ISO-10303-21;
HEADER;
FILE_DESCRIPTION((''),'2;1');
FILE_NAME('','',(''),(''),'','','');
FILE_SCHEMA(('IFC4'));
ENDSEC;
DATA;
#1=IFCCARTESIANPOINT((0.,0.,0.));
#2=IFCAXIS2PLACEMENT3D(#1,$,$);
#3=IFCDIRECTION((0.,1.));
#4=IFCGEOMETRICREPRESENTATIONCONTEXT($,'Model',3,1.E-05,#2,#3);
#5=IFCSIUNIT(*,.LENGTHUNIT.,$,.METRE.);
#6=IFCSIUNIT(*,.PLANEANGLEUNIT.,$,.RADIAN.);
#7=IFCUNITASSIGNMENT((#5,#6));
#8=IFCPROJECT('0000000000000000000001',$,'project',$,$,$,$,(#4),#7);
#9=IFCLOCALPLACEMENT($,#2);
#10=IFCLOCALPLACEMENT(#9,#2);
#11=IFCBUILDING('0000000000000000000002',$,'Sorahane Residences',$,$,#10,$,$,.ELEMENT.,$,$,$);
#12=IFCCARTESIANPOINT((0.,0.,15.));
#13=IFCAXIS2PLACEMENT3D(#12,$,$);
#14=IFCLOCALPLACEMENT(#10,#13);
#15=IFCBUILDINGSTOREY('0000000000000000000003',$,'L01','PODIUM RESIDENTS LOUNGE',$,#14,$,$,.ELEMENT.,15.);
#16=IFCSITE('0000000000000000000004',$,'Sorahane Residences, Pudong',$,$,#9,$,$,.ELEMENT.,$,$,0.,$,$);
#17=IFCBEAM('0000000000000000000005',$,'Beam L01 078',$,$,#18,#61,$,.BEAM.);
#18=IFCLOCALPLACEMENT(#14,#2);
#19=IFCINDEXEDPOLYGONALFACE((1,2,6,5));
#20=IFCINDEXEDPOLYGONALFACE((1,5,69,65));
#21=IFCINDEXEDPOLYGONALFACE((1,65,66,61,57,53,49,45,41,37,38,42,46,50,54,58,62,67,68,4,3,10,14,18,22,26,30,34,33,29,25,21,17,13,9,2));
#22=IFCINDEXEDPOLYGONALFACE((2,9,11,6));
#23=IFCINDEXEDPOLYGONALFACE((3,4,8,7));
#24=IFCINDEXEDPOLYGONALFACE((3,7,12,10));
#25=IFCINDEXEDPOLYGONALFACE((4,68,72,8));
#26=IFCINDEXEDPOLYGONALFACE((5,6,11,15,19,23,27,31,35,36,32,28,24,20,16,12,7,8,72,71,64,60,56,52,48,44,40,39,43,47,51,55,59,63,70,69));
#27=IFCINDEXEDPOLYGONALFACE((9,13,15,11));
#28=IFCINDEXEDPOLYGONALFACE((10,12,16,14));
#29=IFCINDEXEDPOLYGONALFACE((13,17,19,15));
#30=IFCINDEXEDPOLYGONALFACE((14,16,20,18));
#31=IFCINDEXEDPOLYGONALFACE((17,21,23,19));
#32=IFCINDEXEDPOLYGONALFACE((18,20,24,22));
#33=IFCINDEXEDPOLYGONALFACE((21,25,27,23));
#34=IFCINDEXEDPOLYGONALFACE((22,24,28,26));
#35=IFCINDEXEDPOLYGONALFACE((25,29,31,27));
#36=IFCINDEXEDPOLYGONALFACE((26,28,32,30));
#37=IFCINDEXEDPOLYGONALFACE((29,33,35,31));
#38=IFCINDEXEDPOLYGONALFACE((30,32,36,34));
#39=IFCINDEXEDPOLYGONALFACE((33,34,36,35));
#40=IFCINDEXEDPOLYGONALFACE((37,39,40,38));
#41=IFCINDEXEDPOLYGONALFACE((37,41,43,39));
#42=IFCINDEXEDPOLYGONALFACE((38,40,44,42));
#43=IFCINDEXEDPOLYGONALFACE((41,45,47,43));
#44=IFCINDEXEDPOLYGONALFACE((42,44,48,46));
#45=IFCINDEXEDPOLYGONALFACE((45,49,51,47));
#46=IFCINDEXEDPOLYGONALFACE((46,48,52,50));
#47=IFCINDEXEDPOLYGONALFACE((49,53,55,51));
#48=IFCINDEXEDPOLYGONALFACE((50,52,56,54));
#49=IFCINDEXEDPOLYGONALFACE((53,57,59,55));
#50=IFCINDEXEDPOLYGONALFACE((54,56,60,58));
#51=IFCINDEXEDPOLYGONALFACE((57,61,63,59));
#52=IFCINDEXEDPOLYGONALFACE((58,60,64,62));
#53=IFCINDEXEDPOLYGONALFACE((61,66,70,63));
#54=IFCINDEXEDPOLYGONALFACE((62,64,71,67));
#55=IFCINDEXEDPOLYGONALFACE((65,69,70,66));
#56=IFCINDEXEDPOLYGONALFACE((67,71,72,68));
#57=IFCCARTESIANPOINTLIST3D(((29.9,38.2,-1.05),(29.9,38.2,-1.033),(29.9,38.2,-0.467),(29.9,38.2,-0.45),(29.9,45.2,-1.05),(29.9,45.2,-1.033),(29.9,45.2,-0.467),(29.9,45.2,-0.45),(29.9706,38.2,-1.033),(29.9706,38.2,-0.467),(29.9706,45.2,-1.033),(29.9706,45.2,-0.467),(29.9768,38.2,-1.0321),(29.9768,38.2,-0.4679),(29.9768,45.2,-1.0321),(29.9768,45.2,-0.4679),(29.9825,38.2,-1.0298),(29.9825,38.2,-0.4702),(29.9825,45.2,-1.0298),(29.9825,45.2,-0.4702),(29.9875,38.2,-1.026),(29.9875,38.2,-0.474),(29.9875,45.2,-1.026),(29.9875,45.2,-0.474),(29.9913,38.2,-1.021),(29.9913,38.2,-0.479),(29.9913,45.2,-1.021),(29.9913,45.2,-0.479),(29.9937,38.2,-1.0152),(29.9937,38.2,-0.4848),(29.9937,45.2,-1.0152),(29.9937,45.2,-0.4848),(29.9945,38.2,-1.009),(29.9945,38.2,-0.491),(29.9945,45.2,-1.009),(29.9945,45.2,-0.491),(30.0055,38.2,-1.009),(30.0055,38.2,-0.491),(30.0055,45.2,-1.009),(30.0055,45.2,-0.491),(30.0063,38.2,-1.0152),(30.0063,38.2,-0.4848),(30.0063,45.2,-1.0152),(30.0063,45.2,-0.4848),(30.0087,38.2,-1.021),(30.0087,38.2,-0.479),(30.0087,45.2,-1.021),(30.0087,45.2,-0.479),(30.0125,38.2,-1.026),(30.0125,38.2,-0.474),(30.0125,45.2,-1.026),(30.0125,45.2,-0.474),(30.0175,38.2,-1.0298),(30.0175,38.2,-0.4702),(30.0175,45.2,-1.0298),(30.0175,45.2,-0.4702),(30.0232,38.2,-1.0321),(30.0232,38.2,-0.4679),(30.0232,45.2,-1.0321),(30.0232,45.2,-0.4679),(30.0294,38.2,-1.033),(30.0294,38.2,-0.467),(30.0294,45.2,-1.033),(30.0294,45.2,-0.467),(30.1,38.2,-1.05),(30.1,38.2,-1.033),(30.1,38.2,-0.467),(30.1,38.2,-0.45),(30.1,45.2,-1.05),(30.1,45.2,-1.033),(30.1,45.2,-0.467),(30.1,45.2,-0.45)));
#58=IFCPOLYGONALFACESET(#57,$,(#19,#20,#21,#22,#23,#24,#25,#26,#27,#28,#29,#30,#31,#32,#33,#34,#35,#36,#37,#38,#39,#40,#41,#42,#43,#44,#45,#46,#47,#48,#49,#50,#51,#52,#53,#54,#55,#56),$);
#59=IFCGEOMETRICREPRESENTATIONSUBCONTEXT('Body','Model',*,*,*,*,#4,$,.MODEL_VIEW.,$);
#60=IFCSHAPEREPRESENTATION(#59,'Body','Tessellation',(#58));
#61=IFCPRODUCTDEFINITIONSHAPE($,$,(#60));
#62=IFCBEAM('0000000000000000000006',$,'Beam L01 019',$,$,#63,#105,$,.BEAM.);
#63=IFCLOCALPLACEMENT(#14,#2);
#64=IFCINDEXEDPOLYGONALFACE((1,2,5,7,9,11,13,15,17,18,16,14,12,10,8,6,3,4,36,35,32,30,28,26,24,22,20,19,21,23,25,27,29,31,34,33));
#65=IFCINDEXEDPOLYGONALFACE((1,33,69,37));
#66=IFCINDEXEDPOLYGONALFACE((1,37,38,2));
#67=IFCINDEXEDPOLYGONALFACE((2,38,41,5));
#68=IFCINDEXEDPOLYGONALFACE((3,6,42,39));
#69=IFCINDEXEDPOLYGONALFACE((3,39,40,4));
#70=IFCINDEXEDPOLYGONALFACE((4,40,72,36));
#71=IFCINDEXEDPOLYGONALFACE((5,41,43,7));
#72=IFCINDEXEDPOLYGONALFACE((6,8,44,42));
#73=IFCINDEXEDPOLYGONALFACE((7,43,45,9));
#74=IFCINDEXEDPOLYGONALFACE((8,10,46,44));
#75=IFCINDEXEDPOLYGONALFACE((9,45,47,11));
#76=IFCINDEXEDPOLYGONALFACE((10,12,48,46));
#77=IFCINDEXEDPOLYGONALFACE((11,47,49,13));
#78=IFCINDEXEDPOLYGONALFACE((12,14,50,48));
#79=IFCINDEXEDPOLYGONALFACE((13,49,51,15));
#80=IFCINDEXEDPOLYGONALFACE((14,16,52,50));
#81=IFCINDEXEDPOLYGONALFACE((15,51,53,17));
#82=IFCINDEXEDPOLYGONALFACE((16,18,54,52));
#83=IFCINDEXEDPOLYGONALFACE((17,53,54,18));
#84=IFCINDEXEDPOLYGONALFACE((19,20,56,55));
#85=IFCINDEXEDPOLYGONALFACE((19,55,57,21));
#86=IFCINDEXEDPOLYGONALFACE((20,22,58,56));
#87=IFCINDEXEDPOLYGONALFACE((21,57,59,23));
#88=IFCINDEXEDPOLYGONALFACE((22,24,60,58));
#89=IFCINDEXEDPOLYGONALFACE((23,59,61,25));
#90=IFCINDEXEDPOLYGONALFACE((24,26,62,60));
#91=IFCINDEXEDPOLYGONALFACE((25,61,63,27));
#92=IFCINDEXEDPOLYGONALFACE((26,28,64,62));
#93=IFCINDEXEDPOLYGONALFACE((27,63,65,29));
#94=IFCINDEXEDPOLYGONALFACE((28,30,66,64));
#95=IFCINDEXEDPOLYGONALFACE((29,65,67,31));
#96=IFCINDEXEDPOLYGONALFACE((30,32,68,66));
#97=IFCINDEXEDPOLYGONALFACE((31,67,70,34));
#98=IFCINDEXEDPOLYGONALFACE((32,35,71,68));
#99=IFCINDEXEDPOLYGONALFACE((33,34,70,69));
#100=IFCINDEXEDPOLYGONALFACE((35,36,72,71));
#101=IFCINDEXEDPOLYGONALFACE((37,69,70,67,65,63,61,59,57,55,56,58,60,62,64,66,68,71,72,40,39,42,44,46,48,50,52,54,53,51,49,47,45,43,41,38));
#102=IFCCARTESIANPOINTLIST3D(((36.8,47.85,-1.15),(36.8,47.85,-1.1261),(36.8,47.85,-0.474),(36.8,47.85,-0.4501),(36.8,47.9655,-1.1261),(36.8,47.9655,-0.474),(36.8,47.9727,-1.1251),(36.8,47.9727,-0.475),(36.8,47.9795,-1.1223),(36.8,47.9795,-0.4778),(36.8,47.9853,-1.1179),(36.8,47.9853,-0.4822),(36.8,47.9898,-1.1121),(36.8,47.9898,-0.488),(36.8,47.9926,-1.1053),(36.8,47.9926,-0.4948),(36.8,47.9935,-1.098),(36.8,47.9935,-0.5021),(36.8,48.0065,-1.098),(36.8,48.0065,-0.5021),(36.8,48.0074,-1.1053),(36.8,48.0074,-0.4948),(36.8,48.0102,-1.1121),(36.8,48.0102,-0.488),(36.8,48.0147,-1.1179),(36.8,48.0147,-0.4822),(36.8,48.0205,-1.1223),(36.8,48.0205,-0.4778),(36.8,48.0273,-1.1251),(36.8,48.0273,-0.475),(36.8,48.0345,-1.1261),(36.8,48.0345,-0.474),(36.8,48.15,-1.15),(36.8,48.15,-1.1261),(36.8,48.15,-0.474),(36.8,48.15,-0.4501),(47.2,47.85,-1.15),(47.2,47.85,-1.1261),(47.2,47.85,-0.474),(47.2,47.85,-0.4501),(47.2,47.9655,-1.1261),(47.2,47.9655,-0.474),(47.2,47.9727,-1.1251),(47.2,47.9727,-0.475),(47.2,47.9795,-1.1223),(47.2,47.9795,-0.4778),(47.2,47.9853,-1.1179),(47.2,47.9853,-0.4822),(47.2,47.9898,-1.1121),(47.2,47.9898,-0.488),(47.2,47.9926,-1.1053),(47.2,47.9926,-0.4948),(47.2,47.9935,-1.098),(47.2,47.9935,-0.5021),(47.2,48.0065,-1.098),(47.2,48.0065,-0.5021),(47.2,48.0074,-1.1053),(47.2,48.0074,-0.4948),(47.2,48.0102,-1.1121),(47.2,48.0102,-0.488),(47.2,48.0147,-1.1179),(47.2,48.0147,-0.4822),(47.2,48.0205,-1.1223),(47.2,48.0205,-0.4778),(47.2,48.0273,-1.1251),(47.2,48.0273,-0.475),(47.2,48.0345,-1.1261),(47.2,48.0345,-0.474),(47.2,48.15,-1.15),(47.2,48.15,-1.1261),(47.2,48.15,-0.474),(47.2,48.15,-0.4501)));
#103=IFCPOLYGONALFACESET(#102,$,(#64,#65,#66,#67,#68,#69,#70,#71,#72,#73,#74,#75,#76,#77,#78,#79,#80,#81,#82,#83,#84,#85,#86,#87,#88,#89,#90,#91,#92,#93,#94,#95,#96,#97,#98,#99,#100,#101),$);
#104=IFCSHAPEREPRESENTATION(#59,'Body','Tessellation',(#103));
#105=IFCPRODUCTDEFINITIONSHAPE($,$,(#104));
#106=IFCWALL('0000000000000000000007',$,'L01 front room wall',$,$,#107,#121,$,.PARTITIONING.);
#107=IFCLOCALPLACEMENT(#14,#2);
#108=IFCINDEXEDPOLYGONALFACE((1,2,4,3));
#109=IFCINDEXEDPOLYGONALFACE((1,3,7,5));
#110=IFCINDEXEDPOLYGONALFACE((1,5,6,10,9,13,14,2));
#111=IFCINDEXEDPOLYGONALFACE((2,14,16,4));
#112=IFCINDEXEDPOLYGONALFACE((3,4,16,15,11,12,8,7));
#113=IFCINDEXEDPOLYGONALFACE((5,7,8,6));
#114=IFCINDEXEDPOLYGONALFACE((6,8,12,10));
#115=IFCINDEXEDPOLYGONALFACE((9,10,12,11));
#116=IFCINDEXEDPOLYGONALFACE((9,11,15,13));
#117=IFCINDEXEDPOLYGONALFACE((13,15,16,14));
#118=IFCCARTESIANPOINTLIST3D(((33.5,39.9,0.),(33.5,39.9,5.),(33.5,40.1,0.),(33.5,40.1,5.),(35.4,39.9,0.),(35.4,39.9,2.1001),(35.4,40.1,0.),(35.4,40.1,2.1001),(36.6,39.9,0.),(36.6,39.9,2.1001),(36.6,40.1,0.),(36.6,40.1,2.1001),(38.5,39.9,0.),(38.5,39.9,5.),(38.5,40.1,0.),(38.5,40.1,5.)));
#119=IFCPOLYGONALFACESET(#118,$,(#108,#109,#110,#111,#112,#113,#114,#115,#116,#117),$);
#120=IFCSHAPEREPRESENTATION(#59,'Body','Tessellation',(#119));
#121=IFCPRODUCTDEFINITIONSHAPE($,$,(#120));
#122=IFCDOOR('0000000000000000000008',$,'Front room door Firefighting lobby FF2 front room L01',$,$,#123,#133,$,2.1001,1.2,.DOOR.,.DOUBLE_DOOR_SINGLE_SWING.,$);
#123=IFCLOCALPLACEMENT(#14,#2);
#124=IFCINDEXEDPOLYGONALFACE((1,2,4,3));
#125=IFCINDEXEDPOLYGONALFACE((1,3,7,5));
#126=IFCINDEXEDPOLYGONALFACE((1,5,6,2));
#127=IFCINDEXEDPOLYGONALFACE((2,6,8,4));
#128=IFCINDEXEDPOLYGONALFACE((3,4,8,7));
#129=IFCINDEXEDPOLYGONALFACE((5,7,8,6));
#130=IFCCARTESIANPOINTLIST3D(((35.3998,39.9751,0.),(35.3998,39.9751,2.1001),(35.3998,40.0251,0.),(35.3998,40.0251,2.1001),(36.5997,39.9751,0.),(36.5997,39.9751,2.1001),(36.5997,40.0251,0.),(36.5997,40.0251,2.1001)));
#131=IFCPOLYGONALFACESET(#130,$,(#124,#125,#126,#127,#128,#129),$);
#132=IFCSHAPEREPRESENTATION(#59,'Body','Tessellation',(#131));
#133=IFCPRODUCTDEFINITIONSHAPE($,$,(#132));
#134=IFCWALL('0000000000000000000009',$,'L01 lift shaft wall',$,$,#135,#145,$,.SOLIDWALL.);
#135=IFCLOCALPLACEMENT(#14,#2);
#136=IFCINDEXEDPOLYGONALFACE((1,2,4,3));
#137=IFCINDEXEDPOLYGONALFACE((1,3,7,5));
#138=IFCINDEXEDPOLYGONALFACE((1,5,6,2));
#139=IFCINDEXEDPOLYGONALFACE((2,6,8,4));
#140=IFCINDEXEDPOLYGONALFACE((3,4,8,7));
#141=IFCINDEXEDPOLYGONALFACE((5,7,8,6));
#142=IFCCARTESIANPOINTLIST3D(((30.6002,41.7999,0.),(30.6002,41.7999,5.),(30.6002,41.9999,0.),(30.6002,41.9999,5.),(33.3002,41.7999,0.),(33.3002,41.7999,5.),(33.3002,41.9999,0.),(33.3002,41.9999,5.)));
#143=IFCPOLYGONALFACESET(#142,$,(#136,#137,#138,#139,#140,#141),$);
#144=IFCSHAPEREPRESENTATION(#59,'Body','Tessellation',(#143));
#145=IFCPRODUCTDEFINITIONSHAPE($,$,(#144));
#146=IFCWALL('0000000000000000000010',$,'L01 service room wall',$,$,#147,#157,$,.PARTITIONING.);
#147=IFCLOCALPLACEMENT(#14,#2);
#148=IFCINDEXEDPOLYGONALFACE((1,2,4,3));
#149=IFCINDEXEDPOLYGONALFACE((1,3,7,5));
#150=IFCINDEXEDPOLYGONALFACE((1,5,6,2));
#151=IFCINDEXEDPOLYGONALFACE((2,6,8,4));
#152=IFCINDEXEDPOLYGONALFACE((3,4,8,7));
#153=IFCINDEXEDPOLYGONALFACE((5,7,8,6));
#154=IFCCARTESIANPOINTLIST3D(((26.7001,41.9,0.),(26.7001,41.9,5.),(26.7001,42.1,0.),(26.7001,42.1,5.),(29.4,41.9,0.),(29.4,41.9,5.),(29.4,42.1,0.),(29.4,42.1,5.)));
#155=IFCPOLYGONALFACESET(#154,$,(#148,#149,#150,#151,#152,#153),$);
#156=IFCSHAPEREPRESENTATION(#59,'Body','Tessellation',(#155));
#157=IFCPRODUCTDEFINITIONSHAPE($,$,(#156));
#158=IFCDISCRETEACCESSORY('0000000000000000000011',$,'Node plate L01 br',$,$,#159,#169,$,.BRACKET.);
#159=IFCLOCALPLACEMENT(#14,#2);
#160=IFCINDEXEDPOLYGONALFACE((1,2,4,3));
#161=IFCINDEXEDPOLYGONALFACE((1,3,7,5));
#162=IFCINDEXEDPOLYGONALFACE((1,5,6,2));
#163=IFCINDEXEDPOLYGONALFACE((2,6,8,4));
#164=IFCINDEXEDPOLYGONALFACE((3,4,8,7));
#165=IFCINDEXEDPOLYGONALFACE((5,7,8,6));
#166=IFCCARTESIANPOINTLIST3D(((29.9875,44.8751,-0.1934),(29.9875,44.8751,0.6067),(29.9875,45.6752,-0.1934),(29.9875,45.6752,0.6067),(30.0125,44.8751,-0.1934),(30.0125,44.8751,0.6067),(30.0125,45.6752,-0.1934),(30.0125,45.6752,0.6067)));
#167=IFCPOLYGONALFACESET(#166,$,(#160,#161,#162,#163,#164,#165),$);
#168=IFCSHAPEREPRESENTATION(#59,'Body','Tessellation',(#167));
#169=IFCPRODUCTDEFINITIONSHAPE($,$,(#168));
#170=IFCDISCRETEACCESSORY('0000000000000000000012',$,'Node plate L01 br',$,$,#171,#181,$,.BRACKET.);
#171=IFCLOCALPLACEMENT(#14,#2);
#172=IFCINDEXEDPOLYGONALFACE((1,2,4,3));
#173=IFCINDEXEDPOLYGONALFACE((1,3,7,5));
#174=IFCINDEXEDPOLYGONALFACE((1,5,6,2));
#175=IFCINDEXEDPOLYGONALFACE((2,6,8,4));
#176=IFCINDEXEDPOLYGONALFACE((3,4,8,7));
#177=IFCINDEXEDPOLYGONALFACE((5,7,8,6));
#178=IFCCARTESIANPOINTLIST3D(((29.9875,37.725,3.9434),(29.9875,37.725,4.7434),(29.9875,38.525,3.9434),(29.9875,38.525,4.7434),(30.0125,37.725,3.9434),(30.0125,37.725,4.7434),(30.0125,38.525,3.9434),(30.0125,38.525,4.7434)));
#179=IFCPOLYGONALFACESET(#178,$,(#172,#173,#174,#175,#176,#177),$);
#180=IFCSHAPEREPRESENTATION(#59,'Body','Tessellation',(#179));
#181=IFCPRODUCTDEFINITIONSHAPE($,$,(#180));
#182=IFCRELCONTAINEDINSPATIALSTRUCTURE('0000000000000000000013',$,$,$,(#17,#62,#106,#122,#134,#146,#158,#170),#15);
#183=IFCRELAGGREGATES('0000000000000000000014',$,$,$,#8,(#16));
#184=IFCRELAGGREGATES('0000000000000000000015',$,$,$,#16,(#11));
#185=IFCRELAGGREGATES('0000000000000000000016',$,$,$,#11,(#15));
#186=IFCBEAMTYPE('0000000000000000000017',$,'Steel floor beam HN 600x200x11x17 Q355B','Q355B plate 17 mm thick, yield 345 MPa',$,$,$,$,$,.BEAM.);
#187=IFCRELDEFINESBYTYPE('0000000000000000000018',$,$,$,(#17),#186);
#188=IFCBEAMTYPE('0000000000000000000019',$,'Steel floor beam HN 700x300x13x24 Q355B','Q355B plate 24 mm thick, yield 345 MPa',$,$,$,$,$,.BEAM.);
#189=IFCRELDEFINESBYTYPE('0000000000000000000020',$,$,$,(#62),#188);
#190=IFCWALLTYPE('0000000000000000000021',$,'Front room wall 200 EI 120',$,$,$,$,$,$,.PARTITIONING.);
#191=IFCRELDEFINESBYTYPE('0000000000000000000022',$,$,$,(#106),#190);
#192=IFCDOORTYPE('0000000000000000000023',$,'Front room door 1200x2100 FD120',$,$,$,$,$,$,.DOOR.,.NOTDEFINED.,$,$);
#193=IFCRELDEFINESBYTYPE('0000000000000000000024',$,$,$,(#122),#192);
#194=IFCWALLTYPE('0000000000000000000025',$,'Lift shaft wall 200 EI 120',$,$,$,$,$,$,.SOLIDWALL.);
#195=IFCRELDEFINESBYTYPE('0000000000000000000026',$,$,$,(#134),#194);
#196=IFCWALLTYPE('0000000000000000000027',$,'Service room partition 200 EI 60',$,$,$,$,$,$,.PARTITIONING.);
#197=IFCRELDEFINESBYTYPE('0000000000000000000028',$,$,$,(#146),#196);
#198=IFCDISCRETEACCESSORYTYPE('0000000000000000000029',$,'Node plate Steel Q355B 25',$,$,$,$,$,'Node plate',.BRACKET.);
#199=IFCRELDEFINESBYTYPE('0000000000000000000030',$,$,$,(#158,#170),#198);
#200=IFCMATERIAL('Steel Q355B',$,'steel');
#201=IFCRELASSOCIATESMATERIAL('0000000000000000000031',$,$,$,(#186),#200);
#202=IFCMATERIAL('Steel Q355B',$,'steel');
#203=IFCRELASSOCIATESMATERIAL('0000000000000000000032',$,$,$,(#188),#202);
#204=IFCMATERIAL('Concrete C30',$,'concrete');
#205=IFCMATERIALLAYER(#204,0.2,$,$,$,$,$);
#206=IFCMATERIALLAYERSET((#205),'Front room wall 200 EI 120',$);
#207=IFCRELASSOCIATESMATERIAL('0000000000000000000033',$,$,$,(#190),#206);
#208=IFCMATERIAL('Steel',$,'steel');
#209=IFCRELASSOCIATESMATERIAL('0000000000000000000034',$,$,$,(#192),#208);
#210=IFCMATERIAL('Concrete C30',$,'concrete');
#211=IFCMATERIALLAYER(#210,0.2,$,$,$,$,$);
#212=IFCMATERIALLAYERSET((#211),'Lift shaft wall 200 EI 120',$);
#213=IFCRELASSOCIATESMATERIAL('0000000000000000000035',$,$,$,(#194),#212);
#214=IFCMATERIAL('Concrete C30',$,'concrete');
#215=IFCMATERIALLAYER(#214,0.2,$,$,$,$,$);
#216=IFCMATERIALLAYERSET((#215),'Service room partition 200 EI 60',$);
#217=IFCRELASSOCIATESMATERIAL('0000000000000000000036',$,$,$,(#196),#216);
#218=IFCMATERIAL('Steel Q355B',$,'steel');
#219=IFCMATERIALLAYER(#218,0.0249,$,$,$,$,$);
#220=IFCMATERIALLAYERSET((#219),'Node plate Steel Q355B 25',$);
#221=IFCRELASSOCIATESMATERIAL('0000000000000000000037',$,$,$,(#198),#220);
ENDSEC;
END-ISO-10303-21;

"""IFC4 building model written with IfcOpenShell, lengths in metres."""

from ifc_helpers import new_model, si_unit, direction, frame, frame_2d, origin, origin_2d, place, context, subcontext, project, spatial, rectangle, i_section, extrude, material, layer, layer_set, material_profile, profile_set, type_object, element, fill, save


model = new_model("IFC4")

# Units and contexts
model_context = context("Model", 3, precision=1e-05, world=origin(), true_north=direction((0.0, 1.0)))
body_context = subcontext(model_context, "Body", "Model", "MODEL_VIEW")
ifc_project = project(units=[si_unit("LENGTHUNIT", "METRE"), si_unit("PLANEANGLEUNIT", "RADIAN")], contexts=[model_context])

# Site, building, storey
site_placement = place(None, origin())
site = spatial("IfcSite", under=ifc_project, at=site_placement, Name="Sorahane Residences, Pudong", CompositionType="ELEMENT", RefElevation=0.0)
building_placement = place(site_placement, origin())
building = spatial("IfcBuilding", under=site, at=building_placement, Name="Sorahane Residences", CompositionType="ELEMENT")
storey_placement = place(building_placement, frame((0.0, 0.0, 15.0)))
storey = spatial("IfcBuildingStorey", under=building, at=storey_placement, Name="L01", Description="PODIUM RESIDENTS LOUNGE", CompositionType="ELEMENT", Elevation=15.0)

# Beams
ifc_material_1 = material(Name="Steel Q355B", Category="steel")
ifc_material_profile_1 = material_profile(ifc_material_1, i_section(OverallWidth=0.2, OverallDepth=0.6001, WebThickness=0.011, FlangeThickness=0.0171, FilletRadius=0.0239, at=origin_2d()), Name="HN 600x200x11x17")
ifc_profile_set_1 = profile_set([ifc_material_profile_1], Name="Steel Q355B")
beam_type_1 = type_object("IfcBeamType", Name="Steel floor beam HN 600x200x11x17 Q355B", Description="Q355B plate 17 mm thick, yield 345 MPa", PredefinedType="BEAM", material=ifc_profile_set_1)
beam_1_placement = place(storey_placement, frame((30.0, 38.2, -0.75), z_axis=(0.0, 1.0, 0.0), x_axis=(-1.0, 0.0, 0.0)))
element("IfcBeam", 1, at=beam_1_placement, inside=storey, type_object=beam_type_1, Name="Beam L01 078", PredefinedType="BEAM", context=body_context, shape_type="SweptSolid", body=[
    extrude(i_section(OverallWidth=0.2, OverallDepth=0.6001, WebThickness=0.011, FlangeThickness=0.0171, FilletRadius=0.0239, at=origin_2d()), origin(), (0.0, 0.0, 1.0), 7.0),
])
ifc_material_2 = material(Name="Steel Q355B", Category="steel")
ifc_material_profile_2 = material_profile(ifc_material_2, i_section(OverallWidth=0.3, OverallDepth=0.7, WebThickness=0.0129, FlangeThickness=0.0239, FilletRadius=0.0281, at=origin_2d()), Name="HN 700x300x13x24")
ifc_profile_set_2 = profile_set([ifc_material_profile_2], Name="Steel Q355B")
beam_type_2 = type_object("IfcBeamType", Name="Steel floor beam HN 700x300x13x24 Q355B", Description="Q355B plate 24 mm thick, yield 345 MPa", PredefinedType="BEAM", material=ifc_profile_set_2)
beam_2_placement = place(storey_placement, frame((36.8, 48.0, -0.8), z_axis=(1.0, 0.0, 0.0), x_axis=(0.0, 1.0, 0.0)))
element("IfcBeam", 2, at=beam_2_placement, inside=storey, type_object=beam_type_2, Name="Beam L01 019", PredefinedType="BEAM", context=body_context, shape_type="SweptSolid", body=[
    extrude(i_section(OverallWidth=0.3, OverallDepth=0.7, WebThickness=0.0129, FlangeThickness=0.0239, FilletRadius=0.0281, at=origin_2d()), origin(), (0.0, 0.0, 1.0), 10.3999),
])

# Wall, opening, door
ifc_material_3 = material(Name="Concrete C30", Category="concrete")
ifc_layer_1 = layer(ifc_material_3, 0.2)
ifc_layer_set_1 = layer_set([ifc_layer_1], Name="Front room wall 200 EI 120")
wall_type_1 = type_object("IfcWallType", Name="Front room wall 200 EI 120", PredefinedType="PARTITIONING", material=ifc_layer_set_1)
wall_1_placement = place(storey_placement, frame((33.5, 40.0, 0.0), z_axis=(0.0, 0.0, 1.0), x_axis=(1.0, 0.0, 0.0)))
wall_1 = element("IfcWall", 3, at=wall_1_placement, inside=storey, type_object=wall_type_1, Name="L01 front room wall", PredefinedType="PARTITIONING", context=body_context, shape_type="SweptSolid", body=[
    extrude(rectangle(XDim=5.0, YDim=0.2, at=frame_2d((2.5, 0.0))), origin(), (0.0, 0.0, 1.0), 5.0),
])
opening_placement = place(wall_1_placement, frame((1.8999, 0.0, 0.0)))
opening = element("IfcOpeningElement", 4, at=opening_placement, cuts=wall_1, PredefinedType="OPENING", context=body_context, shape_type="SweptSolid", body=[
    extrude(rectangle(XDim=1.2, YDim=2.1001, at=frame_2d((0.6001, 1.05))), frame((0.0, 0.1099, 0.0), z_axis=(0.0, -1.0, 0.0), x_axis=(1.0, 0.0, 0.0)), (0.0, 0.0, 1.0), 0.22),
])
ifc_material_4 = material(Name="Steel", Category="steel")
door_type = type_object("IfcDoorType", Name="Front room door 1200x2100 FD120", OperationType="NOTDEFINED", PredefinedType="DOOR", material=ifc_material_4)
door_placement = place(opening_placement, frame((1.2, 0.0, 0.0), z_axis=(0.0, 0.0, 1.0), x_axis=(-1.0, 0.0, 0.0)))
door = element("IfcDoor", 5, at=door_placement, inside=storey, type_object=door_type, Name="Front room door Firefighting lobby FF2 front room L01", OperationType="DOUBLE_DOOR_SINGLE_SWING", OverallHeight=2.1001, OverallWidth=1.2, PredefinedType="DOOR", context=body_context, shape_type="SweptSolid", body=[
    extrude(rectangle(XDim=1.2, YDim=2.1001, at=frame_2d((0.6001, 1.05))), frame((0.0, 0.0249, 0.0), z_axis=(0.0, -1.0, 0.0), x_axis=(1.0, 0.0, 0.0)), (0.0, 0.0, 1.0), 0.05),
])
fill(opening, door)

# Walls
ifc_material_5 = material(Name="Concrete C30", Category="concrete")
ifc_layer_2 = layer(ifc_material_5, 0.2)
ifc_layer_set_2 = layer_set([ifc_layer_2], Name="Lift shaft wall 200 EI 120")
wall_type_2 = type_object("IfcWallType", Name="Lift shaft wall 200 EI 120", PredefinedType="SOLIDWALL", material=ifc_layer_set_2)
wall_2_placement = place(storey_placement, frame((30.6001, 41.8999, 0.0), z_axis=(0.0, 0.0, 1.0), x_axis=(1.0, 0.0, 0.0)))
element("IfcWall", 6, at=wall_2_placement, inside=storey, type_object=wall_type_2, Name="L01 lift shaft wall", PredefinedType="SOLIDWALL", context=body_context, shape_type="SweptSolid", body=[
    extrude(rectangle(XDim=2.7, YDim=0.2, at=frame_2d((1.3501, 0.0))), origin(), (0.0, 0.0, 1.0), 5.0),
])
ifc_material_6 = material(Name="Concrete C30", Category="concrete")
ifc_layer_3 = layer(ifc_material_6, 0.2)
ifc_layer_set_3 = layer_set([ifc_layer_3], Name="Service room partition 200 EI 60")
wall_type_3 = type_object("IfcWallType", Name="Service room partition 200 EI 60", PredefinedType="PARTITIONING", material=ifc_layer_set_3)
wall_3_placement = place(storey_placement, frame((26.7, 42.0, 0.0), z_axis=(0.0, 0.0, 1.0), x_axis=(1.0, 0.0, 0.0)))
element("IfcWall", 7, at=wall_3_placement, inside=storey, type_object=wall_type_3, Name="L01 service room wall", PredefinedType="PARTITIONING", context=body_context, shape_type="SweptSolid", body=[
    extrude(rectangle(XDim=2.7, YDim=0.2, at=frame_2d((1.3501, 0.0))), origin(), (0.0, 0.0, 1.0), 5.0),
])

# Discrete accessories
ifc_material_7 = material(Name="Steel Q355B", Category="steel")
ifc_layer_4 = layer(ifc_material_7, 0.0249)
ifc_layer_set_4 = layer_set([ifc_layer_4], Name="Node plate Steel Q355B 25")
discrete_accessory_type = type_object("IfcDiscreteAccessoryType", Name="Node plate Steel Q355B 25", ElementType="Node plate", PredefinedType="BRACKET", material=ifc_layer_set_4)
for number, where, z_axis, x_axis, name in (
    (8, (30.0, 45.2751, -0.1934), (0.0, 0.0, 1.0), (0.0, 1.0, 0.0), "Node plate L01 br"),
    (9, (30.0, 38.125, 3.9434), (0.0, 0.0, 1.0), (0.0, 1.0, 0.0), "Node plate L01 br"),
):
    element("IfcDiscreteAccessory", number, at=place(storey_placement, frame(where, z_axis=z_axis, x_axis=x_axis)), inside=storey, type_object=discrete_accessory_type, Name=name, PredefinedType="BRACKET", context=body_context, shape_type="SweptSolid", body=[
        extrude(rectangle(XDim=0.8, YDim=0.0249, at=origin_2d()), origin(), (0.0, 0.0, 1.0), 0.8),
    ])

save(model, "model.ifc")
